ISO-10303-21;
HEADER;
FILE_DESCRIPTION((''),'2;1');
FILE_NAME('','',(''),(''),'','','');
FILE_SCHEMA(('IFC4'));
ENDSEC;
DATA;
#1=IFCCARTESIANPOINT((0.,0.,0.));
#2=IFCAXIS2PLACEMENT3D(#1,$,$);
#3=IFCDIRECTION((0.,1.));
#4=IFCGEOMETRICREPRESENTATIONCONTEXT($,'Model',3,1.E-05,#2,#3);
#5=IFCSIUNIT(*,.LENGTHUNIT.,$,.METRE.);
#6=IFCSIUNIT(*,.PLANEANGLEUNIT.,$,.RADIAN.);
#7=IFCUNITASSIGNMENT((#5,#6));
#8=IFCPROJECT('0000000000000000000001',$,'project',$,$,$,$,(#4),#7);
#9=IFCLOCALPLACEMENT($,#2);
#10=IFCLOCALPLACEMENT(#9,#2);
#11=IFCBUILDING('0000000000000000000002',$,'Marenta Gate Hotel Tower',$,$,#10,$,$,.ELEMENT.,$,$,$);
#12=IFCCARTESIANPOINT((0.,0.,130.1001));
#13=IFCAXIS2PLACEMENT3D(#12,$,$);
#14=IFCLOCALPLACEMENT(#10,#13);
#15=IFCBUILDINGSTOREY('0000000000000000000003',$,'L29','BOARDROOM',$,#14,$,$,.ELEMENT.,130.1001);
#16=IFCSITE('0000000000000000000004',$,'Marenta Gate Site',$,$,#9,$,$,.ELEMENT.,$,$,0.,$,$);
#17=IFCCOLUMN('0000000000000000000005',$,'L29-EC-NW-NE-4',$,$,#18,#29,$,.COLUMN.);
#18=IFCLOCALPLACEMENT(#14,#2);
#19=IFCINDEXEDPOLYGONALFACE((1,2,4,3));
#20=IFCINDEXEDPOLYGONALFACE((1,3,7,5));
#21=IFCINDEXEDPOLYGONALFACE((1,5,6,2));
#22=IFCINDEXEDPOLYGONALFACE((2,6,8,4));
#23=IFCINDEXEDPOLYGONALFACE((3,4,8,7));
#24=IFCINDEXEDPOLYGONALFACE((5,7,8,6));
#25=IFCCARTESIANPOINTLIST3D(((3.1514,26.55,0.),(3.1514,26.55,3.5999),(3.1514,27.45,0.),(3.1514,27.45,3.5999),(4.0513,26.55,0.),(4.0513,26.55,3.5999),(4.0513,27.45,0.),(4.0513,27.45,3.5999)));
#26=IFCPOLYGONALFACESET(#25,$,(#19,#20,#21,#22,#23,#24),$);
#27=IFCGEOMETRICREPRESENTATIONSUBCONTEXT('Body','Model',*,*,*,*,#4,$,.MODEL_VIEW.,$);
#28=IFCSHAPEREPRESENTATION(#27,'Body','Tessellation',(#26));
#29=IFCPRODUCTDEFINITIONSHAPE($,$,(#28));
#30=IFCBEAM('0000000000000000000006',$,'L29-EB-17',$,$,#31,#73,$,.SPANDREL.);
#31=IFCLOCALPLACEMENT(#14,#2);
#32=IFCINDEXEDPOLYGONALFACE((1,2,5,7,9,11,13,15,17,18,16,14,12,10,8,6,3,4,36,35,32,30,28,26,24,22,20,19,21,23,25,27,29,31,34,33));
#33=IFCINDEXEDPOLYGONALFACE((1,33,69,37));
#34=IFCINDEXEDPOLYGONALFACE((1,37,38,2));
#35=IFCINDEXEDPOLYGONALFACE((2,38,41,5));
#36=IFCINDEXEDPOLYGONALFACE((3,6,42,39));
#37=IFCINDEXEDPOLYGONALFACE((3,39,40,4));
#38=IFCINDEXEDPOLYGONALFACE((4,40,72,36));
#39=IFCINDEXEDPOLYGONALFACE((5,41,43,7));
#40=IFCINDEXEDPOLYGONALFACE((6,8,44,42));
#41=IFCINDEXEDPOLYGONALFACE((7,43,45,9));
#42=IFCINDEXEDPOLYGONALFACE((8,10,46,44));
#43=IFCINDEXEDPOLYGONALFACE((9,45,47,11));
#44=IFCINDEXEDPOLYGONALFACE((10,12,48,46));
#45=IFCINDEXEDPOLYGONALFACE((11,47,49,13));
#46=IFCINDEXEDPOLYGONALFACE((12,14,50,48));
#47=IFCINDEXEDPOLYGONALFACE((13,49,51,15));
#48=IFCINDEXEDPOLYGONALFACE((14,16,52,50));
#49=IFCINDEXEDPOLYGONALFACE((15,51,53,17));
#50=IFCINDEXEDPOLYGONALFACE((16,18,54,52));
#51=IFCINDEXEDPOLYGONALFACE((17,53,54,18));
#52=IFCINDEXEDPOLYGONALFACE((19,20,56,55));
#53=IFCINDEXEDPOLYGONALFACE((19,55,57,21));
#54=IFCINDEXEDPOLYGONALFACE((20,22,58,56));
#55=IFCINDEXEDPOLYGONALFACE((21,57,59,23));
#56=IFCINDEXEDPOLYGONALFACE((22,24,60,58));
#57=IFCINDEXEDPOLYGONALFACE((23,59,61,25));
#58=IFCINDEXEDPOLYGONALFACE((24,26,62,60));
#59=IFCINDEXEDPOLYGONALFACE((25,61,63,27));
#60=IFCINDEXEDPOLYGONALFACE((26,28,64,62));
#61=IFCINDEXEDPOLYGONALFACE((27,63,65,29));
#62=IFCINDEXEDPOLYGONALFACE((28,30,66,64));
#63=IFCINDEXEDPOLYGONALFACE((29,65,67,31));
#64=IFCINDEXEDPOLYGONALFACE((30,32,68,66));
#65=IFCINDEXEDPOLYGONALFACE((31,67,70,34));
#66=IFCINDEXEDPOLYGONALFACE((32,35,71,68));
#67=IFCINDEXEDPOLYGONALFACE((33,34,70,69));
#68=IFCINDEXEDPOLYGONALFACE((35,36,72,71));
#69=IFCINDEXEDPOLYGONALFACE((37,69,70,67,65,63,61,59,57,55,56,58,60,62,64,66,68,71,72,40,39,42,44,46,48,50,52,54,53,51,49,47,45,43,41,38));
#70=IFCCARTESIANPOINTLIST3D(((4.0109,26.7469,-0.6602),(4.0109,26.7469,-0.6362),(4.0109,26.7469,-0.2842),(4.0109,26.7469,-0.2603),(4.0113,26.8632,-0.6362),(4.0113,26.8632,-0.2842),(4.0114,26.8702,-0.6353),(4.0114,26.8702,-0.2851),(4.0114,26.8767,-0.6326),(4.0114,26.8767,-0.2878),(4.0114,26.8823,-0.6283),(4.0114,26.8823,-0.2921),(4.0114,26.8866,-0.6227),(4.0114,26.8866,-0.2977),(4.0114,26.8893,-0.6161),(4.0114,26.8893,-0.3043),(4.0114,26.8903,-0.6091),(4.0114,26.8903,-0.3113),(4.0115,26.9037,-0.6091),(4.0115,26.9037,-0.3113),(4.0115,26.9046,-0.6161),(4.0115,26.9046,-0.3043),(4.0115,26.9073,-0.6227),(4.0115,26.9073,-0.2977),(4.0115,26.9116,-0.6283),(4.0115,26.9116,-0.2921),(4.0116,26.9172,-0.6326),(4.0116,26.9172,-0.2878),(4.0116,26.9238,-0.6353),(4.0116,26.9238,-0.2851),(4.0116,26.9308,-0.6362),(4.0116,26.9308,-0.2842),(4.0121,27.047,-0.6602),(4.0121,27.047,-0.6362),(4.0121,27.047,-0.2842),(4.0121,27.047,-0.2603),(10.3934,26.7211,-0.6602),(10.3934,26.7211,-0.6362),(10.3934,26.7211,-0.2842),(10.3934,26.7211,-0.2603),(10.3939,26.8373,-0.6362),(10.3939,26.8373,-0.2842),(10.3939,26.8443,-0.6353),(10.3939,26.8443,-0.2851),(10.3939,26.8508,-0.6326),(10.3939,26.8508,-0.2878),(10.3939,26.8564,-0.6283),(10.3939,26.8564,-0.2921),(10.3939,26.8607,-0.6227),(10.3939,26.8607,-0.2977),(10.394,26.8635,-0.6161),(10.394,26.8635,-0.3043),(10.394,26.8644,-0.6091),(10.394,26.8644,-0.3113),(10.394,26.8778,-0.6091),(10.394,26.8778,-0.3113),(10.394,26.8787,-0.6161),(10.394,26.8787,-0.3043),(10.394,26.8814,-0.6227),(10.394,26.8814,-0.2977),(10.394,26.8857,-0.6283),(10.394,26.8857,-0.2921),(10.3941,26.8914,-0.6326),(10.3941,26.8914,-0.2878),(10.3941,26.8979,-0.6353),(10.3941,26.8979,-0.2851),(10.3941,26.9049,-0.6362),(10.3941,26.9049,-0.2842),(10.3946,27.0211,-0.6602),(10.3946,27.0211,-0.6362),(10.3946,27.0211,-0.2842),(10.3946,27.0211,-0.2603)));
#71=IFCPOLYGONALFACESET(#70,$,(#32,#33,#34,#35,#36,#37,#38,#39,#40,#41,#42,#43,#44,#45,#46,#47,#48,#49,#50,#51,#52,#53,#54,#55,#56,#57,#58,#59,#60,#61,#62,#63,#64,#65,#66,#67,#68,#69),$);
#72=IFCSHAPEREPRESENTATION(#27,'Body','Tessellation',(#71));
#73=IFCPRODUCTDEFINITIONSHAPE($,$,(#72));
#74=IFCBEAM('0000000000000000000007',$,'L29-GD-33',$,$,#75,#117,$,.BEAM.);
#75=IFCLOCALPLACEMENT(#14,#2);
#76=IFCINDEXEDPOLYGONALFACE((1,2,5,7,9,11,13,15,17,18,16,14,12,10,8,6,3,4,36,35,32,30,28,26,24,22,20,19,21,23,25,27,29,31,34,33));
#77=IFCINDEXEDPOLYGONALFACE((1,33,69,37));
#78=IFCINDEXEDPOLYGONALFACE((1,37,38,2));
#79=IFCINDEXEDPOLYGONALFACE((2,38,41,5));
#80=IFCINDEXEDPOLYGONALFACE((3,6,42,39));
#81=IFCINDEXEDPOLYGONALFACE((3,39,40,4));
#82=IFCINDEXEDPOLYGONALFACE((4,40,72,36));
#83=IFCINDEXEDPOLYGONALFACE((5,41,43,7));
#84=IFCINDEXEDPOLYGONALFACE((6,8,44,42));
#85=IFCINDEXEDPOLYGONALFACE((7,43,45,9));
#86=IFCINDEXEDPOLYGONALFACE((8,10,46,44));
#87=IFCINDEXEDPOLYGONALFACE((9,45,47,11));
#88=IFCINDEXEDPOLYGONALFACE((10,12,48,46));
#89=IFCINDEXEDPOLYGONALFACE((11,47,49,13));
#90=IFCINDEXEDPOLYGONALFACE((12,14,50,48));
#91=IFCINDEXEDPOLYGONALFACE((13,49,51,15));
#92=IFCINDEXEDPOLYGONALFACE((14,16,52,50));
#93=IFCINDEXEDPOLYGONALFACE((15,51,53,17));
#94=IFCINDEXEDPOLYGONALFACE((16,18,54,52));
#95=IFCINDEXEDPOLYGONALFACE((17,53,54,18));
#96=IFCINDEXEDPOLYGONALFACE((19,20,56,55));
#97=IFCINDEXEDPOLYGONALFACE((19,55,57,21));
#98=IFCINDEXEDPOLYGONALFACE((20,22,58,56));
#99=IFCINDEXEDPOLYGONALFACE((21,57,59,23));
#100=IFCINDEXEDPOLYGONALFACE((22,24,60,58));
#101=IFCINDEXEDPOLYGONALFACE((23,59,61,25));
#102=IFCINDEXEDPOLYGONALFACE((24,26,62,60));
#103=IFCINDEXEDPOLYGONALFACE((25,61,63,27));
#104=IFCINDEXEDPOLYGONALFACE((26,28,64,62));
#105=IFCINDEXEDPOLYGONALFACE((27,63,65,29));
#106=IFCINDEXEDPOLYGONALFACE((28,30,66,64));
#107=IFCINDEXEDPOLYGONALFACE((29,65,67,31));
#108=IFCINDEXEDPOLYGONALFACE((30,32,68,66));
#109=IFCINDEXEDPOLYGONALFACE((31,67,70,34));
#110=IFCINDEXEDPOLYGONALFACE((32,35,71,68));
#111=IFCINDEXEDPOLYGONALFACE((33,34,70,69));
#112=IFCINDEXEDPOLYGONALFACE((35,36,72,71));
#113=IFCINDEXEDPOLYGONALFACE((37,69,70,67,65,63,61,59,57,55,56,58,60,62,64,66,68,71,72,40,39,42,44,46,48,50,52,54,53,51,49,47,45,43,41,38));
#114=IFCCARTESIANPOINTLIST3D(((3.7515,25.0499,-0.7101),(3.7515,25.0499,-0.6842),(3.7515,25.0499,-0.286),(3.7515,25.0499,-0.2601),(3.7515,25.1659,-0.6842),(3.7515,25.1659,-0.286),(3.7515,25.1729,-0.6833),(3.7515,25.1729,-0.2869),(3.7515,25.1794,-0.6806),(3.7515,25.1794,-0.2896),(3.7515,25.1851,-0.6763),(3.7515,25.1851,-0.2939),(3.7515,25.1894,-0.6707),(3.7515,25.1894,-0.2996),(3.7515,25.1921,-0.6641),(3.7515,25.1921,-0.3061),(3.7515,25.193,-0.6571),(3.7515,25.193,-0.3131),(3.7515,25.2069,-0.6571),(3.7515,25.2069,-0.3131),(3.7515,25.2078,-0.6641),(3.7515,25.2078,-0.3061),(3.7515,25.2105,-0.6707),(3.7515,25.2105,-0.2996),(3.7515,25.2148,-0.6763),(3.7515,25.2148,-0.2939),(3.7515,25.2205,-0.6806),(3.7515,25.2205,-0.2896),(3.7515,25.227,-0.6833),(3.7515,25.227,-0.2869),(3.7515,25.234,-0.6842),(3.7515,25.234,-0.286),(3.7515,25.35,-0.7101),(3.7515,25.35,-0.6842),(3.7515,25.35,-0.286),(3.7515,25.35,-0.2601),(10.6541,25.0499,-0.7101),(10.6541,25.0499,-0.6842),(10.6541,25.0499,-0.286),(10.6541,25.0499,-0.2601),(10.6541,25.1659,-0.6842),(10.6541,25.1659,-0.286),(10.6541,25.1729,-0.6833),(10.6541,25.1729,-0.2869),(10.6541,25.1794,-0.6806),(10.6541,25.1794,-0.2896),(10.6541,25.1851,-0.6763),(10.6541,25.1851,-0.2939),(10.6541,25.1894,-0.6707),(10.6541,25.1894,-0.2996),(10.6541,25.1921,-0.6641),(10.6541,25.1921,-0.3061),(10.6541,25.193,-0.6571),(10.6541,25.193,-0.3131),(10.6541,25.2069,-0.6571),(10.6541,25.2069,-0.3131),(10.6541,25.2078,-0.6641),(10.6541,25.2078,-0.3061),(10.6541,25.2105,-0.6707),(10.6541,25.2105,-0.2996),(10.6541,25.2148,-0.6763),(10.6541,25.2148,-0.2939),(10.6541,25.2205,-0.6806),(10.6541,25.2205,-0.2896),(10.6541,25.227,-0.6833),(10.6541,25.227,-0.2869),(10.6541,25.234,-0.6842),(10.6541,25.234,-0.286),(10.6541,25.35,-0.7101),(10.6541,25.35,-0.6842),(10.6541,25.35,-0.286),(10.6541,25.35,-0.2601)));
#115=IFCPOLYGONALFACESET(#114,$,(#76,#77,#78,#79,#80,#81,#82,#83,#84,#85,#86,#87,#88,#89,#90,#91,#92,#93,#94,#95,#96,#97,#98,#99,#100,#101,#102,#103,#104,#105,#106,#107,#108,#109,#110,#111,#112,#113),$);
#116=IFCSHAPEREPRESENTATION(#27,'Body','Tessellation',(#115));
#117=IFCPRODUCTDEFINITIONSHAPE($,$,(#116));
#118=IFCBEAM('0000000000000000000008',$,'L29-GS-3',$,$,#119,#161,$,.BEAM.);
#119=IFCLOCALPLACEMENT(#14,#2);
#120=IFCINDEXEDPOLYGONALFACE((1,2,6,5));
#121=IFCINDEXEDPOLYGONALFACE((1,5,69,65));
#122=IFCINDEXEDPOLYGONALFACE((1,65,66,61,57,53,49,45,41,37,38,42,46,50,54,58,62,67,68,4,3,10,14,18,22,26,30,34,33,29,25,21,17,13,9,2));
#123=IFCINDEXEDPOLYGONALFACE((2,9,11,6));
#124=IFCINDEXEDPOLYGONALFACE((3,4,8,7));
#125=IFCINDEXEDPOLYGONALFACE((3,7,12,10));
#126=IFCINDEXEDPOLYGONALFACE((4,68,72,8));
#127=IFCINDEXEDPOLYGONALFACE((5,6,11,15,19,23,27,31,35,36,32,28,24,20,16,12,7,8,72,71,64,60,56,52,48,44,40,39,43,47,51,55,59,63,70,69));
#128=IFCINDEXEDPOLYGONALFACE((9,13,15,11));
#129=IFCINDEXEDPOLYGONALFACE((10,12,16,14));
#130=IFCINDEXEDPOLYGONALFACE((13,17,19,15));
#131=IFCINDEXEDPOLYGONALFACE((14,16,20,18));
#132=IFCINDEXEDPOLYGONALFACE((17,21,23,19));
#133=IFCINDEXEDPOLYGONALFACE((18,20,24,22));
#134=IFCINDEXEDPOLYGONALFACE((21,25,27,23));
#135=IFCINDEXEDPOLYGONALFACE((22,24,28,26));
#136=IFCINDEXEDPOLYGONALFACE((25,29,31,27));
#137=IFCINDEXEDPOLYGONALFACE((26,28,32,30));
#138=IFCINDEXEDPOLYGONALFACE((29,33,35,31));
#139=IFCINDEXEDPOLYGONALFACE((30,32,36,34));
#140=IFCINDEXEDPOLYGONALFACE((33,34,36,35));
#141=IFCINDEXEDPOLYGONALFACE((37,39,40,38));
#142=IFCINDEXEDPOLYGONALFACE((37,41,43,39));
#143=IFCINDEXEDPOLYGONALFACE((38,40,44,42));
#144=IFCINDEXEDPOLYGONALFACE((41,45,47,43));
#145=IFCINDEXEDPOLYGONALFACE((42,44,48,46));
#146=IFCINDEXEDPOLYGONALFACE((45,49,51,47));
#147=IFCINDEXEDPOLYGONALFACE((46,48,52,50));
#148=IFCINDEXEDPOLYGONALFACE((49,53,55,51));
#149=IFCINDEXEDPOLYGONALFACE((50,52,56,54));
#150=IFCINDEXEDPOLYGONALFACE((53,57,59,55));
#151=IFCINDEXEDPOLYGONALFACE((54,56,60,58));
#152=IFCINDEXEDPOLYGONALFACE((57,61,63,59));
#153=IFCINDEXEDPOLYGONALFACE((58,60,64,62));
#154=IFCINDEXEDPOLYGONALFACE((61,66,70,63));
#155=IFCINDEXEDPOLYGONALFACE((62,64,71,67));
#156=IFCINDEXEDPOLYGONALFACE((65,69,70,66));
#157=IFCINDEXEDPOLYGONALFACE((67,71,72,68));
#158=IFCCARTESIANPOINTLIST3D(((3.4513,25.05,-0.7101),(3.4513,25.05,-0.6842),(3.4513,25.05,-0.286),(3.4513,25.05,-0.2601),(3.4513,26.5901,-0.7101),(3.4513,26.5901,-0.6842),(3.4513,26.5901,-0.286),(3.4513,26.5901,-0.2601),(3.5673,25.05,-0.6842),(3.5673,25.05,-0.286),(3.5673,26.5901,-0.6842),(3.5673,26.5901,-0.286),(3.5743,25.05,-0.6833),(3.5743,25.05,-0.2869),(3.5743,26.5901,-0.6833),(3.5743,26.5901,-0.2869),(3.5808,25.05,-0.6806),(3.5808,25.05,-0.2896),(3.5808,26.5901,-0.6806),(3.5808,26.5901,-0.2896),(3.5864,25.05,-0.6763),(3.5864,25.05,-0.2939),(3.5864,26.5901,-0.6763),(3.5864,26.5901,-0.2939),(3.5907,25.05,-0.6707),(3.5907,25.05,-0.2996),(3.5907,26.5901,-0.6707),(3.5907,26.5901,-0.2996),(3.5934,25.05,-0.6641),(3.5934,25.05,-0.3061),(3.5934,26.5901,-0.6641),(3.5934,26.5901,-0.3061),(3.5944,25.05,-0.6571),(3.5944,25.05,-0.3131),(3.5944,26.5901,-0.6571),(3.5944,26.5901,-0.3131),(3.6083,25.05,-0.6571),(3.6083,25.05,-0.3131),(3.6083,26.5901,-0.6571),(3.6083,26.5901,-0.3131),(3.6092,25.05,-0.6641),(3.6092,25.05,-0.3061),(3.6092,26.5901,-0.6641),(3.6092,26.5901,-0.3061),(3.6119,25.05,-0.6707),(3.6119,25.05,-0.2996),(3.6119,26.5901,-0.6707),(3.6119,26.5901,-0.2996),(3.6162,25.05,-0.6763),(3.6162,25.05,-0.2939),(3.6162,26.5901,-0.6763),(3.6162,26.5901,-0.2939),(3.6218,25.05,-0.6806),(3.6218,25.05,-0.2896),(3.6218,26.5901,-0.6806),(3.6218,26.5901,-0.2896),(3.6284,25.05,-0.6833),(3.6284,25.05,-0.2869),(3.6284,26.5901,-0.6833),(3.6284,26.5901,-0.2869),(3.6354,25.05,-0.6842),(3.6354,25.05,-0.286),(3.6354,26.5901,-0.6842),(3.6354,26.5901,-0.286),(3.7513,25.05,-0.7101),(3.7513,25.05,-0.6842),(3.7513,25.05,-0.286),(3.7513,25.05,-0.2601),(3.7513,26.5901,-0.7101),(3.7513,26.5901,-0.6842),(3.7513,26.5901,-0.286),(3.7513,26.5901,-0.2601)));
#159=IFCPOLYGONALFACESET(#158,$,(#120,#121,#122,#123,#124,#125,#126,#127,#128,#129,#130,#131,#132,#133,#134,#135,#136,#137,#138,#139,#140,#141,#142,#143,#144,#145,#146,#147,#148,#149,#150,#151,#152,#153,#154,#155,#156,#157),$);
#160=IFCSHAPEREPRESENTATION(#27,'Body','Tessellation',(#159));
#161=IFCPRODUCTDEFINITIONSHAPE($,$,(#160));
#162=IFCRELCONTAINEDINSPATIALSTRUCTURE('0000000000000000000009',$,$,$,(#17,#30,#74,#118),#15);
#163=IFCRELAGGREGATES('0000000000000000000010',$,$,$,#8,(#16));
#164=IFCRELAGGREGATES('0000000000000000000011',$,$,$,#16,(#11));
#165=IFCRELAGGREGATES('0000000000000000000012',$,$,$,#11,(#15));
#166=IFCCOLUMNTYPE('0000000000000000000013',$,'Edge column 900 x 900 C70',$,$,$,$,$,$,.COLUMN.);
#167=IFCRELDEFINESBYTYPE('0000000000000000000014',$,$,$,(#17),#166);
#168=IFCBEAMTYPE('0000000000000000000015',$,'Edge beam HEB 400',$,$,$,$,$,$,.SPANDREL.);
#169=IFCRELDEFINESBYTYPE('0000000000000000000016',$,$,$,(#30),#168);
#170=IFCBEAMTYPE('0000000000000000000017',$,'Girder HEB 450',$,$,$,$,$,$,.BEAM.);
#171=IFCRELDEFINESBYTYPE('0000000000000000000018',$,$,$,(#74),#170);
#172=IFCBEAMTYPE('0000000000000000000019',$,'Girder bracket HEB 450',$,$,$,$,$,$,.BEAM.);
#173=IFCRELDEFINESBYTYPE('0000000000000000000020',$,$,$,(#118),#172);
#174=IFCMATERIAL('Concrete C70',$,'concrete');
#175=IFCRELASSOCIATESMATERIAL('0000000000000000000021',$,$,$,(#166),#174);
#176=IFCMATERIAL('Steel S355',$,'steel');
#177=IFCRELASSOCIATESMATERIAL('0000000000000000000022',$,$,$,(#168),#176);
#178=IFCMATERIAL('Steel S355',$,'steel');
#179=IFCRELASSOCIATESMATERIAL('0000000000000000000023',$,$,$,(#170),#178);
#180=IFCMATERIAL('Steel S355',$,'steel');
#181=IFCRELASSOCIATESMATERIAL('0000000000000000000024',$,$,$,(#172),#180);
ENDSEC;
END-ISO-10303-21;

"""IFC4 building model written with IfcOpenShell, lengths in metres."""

from ifc_helpers import new_model, si_unit, direction, frame, origin, origin_2d, place, context, subcontext, project, spatial, rectangle, i_section, extrude, material, material_profile, profile_set, type_object, element, save


model = new_model("IFC4")

# Units and contexts
model_context = context("Model", 3, precision=1e-05, world=origin(), true_north=direction((0.0, 1.0)))
body_context = subcontext(model_context, "Body", "Model", "MODEL_VIEW")
ifc_project = project(units=[si_unit("LENGTHUNIT", "METRE"), si_unit("PLANEANGLEUNIT", "RADIAN")], contexts=[model_context])

# Site, building, storey
site_placement = place(None, origin())
site = spatial("IfcSite", under=ifc_project, at=site_placement, Name="Marenta Gate Site", CompositionType="ELEMENT", RefElevation=0.0)
building_placement = place(site_placement, origin())
building = spatial("IfcBuilding", under=site, at=building_placement, Name="Marenta Gate Hotel Tower", CompositionType="ELEMENT")
storey_placement = place(building_placement, frame((0.0, 0.0, 130.1001)))
storey = spatial("IfcBuildingStorey", under=building, at=storey_placement, Name="L29", Description="BOARDROOM", CompositionType="ELEMENT", Elevation=130.1001)

# Column
ifc_material_1 = material(Name="Concrete C70", Category="concrete")
ifc_material_profile_1 = material_profile(ifc_material_1, rectangle(XDim=0.8999, YDim=0.8999, at=origin_2d()), Name="900 x 900")
ifc_profile_set_1 = profile_set([ifc_material_profile_1], Name="Concrete C70")
column_type = type_object("IfcColumnType", Name="Edge column 900 x 900 C70", PredefinedType="COLUMN", material=ifc_profile_set_1)
column_placement = place(storey_placement, frame((3.6013, 27.0, 0.0), z_axis=(0.0, 0.0, 1.0), x_axis=(1.0, 0.0, 0.0)))
element("IfcColumn", 1, at=column_placement, inside=storey, type_object=column_type, Name="L29-EC-NW-NE-4", PredefinedType="COLUMN", context=body_context, shape_type="SweptSolid", body=[
    extrude(rectangle(XDim=0.8999, YDim=0.8999, at=origin_2d()), origin(), (0.0, 0.0, 1.0), 3.5999),
])

# Beams
ifc_material_2 = material(Name="Steel S355", Category="steel")
ifc_material_profile_2 = material_profile(ifc_material_2, i_section(OverallWidth=0.3, OverallDepth=0.3999, WebThickness=0.0134, FlangeThickness=0.0239, FilletRadius=0.0271, at=origin_2d()), Name="HEB 400")
ifc_profile_set_2 = profile_set([ifc_material_profile_2], Name="Steel S355")
beam_type_1 = type_object("IfcBeamType", Name="Edge beam HEB 400", PredefinedType="SPANDREL", material=ifc_profile_set_2)
beam_1_placement = place(storey_placement, frame((4.0115, 26.897, -0.4602), z_axis=(0.999992, -0.004055, 0.0), x_axis=(0.004055, 0.999992, 0.0)))
element("IfcBeam", 2, at=beam_1_placement, inside=storey, type_object=beam_type_1, Name="L29-EB-17", PredefinedType="SPANDREL", context=body_context, shape_type="SweptSolid", body=[
    extrude(i_section(OverallWidth=0.3, OverallDepth=0.3999, WebThickness=0.0134, FlangeThickness=0.0239, FilletRadius=0.0271, at=origin_2d()), origin(), (0.0, 0.0, 1.0), 6.3826),
])
ifc_material_3 = material(Name="Steel S355", Category="steel")
ifc_material_profile_3 = material_profile(ifc_material_3, i_section(OverallWidth=0.3, OverallDepth=0.45, WebThickness=0.0139, FlangeThickness=0.0259, FilletRadius=0.0271, at=origin_2d()), Name="HEB 450")
ifc_profile_set_3 = profile_set([ifc_material_profile_3], Name="Steel S355")
beam_type_2 = type_object("IfcBeamType", Name="Girder HEB 450", PredefinedType="BEAM", material=ifc_profile_set_3)
beam_2_placement = place(storey_placement, frame((3.7515, 25.2, -0.4851), z_axis=(1.0, 0.0, 0.0), x_axis=(0.0, 1.0, 0.0)))
element("IfcBeam", 3, at=beam_2_placement, inside=storey, type_object=beam_type_2, Name="L29-GD-33", PredefinedType="BEAM", context=body_context, shape_type="SweptSolid", body=[
    extrude(i_section(OverallWidth=0.3, OverallDepth=0.45, WebThickness=0.0139, FlangeThickness=0.0259, FilletRadius=0.0271, at=origin_2d()), origin(), (0.0, 0.0, 1.0), 6.9026),
])
ifc_material_4 = material(Name="Steel S355", Category="steel")
ifc_material_profile_4 = material_profile(ifc_material_4, i_section(OverallWidth=0.3, OverallDepth=0.45, WebThickness=0.0139, FlangeThickness=0.0259, FilletRadius=0.0271, at=origin_2d()), Name="HEB 450")
ifc_profile_set_4 = profile_set([ifc_material_profile_4], Name="Steel S355")
beam_type_3 = type_object("IfcBeamType", Name="Girder bracket HEB 450", PredefinedType="BEAM", material=ifc_profile_set_4)
beam_3_placement = place(storey_placement, frame((3.6013, 25.05, -0.4851), z_axis=(0.0, 1.0, 0.0), x_axis=(-1.0, 0.0, 0.0)))
element("IfcBeam", 4, at=beam_3_placement, inside=storey, type_object=beam_type_3, Name="L29-GS-3", PredefinedType="BEAM", context=body_context, shape_type="SweptSolid", body=[
    extrude(i_section(OverallWidth=0.3, OverallDepth=0.45, WebThickness=0.0139, FlangeThickness=0.0259, FilletRadius=0.0271, at=origin_2d()), origin(), (0.0, 0.0, 1.0), 1.54),
])

save(model, "model.ifc")
